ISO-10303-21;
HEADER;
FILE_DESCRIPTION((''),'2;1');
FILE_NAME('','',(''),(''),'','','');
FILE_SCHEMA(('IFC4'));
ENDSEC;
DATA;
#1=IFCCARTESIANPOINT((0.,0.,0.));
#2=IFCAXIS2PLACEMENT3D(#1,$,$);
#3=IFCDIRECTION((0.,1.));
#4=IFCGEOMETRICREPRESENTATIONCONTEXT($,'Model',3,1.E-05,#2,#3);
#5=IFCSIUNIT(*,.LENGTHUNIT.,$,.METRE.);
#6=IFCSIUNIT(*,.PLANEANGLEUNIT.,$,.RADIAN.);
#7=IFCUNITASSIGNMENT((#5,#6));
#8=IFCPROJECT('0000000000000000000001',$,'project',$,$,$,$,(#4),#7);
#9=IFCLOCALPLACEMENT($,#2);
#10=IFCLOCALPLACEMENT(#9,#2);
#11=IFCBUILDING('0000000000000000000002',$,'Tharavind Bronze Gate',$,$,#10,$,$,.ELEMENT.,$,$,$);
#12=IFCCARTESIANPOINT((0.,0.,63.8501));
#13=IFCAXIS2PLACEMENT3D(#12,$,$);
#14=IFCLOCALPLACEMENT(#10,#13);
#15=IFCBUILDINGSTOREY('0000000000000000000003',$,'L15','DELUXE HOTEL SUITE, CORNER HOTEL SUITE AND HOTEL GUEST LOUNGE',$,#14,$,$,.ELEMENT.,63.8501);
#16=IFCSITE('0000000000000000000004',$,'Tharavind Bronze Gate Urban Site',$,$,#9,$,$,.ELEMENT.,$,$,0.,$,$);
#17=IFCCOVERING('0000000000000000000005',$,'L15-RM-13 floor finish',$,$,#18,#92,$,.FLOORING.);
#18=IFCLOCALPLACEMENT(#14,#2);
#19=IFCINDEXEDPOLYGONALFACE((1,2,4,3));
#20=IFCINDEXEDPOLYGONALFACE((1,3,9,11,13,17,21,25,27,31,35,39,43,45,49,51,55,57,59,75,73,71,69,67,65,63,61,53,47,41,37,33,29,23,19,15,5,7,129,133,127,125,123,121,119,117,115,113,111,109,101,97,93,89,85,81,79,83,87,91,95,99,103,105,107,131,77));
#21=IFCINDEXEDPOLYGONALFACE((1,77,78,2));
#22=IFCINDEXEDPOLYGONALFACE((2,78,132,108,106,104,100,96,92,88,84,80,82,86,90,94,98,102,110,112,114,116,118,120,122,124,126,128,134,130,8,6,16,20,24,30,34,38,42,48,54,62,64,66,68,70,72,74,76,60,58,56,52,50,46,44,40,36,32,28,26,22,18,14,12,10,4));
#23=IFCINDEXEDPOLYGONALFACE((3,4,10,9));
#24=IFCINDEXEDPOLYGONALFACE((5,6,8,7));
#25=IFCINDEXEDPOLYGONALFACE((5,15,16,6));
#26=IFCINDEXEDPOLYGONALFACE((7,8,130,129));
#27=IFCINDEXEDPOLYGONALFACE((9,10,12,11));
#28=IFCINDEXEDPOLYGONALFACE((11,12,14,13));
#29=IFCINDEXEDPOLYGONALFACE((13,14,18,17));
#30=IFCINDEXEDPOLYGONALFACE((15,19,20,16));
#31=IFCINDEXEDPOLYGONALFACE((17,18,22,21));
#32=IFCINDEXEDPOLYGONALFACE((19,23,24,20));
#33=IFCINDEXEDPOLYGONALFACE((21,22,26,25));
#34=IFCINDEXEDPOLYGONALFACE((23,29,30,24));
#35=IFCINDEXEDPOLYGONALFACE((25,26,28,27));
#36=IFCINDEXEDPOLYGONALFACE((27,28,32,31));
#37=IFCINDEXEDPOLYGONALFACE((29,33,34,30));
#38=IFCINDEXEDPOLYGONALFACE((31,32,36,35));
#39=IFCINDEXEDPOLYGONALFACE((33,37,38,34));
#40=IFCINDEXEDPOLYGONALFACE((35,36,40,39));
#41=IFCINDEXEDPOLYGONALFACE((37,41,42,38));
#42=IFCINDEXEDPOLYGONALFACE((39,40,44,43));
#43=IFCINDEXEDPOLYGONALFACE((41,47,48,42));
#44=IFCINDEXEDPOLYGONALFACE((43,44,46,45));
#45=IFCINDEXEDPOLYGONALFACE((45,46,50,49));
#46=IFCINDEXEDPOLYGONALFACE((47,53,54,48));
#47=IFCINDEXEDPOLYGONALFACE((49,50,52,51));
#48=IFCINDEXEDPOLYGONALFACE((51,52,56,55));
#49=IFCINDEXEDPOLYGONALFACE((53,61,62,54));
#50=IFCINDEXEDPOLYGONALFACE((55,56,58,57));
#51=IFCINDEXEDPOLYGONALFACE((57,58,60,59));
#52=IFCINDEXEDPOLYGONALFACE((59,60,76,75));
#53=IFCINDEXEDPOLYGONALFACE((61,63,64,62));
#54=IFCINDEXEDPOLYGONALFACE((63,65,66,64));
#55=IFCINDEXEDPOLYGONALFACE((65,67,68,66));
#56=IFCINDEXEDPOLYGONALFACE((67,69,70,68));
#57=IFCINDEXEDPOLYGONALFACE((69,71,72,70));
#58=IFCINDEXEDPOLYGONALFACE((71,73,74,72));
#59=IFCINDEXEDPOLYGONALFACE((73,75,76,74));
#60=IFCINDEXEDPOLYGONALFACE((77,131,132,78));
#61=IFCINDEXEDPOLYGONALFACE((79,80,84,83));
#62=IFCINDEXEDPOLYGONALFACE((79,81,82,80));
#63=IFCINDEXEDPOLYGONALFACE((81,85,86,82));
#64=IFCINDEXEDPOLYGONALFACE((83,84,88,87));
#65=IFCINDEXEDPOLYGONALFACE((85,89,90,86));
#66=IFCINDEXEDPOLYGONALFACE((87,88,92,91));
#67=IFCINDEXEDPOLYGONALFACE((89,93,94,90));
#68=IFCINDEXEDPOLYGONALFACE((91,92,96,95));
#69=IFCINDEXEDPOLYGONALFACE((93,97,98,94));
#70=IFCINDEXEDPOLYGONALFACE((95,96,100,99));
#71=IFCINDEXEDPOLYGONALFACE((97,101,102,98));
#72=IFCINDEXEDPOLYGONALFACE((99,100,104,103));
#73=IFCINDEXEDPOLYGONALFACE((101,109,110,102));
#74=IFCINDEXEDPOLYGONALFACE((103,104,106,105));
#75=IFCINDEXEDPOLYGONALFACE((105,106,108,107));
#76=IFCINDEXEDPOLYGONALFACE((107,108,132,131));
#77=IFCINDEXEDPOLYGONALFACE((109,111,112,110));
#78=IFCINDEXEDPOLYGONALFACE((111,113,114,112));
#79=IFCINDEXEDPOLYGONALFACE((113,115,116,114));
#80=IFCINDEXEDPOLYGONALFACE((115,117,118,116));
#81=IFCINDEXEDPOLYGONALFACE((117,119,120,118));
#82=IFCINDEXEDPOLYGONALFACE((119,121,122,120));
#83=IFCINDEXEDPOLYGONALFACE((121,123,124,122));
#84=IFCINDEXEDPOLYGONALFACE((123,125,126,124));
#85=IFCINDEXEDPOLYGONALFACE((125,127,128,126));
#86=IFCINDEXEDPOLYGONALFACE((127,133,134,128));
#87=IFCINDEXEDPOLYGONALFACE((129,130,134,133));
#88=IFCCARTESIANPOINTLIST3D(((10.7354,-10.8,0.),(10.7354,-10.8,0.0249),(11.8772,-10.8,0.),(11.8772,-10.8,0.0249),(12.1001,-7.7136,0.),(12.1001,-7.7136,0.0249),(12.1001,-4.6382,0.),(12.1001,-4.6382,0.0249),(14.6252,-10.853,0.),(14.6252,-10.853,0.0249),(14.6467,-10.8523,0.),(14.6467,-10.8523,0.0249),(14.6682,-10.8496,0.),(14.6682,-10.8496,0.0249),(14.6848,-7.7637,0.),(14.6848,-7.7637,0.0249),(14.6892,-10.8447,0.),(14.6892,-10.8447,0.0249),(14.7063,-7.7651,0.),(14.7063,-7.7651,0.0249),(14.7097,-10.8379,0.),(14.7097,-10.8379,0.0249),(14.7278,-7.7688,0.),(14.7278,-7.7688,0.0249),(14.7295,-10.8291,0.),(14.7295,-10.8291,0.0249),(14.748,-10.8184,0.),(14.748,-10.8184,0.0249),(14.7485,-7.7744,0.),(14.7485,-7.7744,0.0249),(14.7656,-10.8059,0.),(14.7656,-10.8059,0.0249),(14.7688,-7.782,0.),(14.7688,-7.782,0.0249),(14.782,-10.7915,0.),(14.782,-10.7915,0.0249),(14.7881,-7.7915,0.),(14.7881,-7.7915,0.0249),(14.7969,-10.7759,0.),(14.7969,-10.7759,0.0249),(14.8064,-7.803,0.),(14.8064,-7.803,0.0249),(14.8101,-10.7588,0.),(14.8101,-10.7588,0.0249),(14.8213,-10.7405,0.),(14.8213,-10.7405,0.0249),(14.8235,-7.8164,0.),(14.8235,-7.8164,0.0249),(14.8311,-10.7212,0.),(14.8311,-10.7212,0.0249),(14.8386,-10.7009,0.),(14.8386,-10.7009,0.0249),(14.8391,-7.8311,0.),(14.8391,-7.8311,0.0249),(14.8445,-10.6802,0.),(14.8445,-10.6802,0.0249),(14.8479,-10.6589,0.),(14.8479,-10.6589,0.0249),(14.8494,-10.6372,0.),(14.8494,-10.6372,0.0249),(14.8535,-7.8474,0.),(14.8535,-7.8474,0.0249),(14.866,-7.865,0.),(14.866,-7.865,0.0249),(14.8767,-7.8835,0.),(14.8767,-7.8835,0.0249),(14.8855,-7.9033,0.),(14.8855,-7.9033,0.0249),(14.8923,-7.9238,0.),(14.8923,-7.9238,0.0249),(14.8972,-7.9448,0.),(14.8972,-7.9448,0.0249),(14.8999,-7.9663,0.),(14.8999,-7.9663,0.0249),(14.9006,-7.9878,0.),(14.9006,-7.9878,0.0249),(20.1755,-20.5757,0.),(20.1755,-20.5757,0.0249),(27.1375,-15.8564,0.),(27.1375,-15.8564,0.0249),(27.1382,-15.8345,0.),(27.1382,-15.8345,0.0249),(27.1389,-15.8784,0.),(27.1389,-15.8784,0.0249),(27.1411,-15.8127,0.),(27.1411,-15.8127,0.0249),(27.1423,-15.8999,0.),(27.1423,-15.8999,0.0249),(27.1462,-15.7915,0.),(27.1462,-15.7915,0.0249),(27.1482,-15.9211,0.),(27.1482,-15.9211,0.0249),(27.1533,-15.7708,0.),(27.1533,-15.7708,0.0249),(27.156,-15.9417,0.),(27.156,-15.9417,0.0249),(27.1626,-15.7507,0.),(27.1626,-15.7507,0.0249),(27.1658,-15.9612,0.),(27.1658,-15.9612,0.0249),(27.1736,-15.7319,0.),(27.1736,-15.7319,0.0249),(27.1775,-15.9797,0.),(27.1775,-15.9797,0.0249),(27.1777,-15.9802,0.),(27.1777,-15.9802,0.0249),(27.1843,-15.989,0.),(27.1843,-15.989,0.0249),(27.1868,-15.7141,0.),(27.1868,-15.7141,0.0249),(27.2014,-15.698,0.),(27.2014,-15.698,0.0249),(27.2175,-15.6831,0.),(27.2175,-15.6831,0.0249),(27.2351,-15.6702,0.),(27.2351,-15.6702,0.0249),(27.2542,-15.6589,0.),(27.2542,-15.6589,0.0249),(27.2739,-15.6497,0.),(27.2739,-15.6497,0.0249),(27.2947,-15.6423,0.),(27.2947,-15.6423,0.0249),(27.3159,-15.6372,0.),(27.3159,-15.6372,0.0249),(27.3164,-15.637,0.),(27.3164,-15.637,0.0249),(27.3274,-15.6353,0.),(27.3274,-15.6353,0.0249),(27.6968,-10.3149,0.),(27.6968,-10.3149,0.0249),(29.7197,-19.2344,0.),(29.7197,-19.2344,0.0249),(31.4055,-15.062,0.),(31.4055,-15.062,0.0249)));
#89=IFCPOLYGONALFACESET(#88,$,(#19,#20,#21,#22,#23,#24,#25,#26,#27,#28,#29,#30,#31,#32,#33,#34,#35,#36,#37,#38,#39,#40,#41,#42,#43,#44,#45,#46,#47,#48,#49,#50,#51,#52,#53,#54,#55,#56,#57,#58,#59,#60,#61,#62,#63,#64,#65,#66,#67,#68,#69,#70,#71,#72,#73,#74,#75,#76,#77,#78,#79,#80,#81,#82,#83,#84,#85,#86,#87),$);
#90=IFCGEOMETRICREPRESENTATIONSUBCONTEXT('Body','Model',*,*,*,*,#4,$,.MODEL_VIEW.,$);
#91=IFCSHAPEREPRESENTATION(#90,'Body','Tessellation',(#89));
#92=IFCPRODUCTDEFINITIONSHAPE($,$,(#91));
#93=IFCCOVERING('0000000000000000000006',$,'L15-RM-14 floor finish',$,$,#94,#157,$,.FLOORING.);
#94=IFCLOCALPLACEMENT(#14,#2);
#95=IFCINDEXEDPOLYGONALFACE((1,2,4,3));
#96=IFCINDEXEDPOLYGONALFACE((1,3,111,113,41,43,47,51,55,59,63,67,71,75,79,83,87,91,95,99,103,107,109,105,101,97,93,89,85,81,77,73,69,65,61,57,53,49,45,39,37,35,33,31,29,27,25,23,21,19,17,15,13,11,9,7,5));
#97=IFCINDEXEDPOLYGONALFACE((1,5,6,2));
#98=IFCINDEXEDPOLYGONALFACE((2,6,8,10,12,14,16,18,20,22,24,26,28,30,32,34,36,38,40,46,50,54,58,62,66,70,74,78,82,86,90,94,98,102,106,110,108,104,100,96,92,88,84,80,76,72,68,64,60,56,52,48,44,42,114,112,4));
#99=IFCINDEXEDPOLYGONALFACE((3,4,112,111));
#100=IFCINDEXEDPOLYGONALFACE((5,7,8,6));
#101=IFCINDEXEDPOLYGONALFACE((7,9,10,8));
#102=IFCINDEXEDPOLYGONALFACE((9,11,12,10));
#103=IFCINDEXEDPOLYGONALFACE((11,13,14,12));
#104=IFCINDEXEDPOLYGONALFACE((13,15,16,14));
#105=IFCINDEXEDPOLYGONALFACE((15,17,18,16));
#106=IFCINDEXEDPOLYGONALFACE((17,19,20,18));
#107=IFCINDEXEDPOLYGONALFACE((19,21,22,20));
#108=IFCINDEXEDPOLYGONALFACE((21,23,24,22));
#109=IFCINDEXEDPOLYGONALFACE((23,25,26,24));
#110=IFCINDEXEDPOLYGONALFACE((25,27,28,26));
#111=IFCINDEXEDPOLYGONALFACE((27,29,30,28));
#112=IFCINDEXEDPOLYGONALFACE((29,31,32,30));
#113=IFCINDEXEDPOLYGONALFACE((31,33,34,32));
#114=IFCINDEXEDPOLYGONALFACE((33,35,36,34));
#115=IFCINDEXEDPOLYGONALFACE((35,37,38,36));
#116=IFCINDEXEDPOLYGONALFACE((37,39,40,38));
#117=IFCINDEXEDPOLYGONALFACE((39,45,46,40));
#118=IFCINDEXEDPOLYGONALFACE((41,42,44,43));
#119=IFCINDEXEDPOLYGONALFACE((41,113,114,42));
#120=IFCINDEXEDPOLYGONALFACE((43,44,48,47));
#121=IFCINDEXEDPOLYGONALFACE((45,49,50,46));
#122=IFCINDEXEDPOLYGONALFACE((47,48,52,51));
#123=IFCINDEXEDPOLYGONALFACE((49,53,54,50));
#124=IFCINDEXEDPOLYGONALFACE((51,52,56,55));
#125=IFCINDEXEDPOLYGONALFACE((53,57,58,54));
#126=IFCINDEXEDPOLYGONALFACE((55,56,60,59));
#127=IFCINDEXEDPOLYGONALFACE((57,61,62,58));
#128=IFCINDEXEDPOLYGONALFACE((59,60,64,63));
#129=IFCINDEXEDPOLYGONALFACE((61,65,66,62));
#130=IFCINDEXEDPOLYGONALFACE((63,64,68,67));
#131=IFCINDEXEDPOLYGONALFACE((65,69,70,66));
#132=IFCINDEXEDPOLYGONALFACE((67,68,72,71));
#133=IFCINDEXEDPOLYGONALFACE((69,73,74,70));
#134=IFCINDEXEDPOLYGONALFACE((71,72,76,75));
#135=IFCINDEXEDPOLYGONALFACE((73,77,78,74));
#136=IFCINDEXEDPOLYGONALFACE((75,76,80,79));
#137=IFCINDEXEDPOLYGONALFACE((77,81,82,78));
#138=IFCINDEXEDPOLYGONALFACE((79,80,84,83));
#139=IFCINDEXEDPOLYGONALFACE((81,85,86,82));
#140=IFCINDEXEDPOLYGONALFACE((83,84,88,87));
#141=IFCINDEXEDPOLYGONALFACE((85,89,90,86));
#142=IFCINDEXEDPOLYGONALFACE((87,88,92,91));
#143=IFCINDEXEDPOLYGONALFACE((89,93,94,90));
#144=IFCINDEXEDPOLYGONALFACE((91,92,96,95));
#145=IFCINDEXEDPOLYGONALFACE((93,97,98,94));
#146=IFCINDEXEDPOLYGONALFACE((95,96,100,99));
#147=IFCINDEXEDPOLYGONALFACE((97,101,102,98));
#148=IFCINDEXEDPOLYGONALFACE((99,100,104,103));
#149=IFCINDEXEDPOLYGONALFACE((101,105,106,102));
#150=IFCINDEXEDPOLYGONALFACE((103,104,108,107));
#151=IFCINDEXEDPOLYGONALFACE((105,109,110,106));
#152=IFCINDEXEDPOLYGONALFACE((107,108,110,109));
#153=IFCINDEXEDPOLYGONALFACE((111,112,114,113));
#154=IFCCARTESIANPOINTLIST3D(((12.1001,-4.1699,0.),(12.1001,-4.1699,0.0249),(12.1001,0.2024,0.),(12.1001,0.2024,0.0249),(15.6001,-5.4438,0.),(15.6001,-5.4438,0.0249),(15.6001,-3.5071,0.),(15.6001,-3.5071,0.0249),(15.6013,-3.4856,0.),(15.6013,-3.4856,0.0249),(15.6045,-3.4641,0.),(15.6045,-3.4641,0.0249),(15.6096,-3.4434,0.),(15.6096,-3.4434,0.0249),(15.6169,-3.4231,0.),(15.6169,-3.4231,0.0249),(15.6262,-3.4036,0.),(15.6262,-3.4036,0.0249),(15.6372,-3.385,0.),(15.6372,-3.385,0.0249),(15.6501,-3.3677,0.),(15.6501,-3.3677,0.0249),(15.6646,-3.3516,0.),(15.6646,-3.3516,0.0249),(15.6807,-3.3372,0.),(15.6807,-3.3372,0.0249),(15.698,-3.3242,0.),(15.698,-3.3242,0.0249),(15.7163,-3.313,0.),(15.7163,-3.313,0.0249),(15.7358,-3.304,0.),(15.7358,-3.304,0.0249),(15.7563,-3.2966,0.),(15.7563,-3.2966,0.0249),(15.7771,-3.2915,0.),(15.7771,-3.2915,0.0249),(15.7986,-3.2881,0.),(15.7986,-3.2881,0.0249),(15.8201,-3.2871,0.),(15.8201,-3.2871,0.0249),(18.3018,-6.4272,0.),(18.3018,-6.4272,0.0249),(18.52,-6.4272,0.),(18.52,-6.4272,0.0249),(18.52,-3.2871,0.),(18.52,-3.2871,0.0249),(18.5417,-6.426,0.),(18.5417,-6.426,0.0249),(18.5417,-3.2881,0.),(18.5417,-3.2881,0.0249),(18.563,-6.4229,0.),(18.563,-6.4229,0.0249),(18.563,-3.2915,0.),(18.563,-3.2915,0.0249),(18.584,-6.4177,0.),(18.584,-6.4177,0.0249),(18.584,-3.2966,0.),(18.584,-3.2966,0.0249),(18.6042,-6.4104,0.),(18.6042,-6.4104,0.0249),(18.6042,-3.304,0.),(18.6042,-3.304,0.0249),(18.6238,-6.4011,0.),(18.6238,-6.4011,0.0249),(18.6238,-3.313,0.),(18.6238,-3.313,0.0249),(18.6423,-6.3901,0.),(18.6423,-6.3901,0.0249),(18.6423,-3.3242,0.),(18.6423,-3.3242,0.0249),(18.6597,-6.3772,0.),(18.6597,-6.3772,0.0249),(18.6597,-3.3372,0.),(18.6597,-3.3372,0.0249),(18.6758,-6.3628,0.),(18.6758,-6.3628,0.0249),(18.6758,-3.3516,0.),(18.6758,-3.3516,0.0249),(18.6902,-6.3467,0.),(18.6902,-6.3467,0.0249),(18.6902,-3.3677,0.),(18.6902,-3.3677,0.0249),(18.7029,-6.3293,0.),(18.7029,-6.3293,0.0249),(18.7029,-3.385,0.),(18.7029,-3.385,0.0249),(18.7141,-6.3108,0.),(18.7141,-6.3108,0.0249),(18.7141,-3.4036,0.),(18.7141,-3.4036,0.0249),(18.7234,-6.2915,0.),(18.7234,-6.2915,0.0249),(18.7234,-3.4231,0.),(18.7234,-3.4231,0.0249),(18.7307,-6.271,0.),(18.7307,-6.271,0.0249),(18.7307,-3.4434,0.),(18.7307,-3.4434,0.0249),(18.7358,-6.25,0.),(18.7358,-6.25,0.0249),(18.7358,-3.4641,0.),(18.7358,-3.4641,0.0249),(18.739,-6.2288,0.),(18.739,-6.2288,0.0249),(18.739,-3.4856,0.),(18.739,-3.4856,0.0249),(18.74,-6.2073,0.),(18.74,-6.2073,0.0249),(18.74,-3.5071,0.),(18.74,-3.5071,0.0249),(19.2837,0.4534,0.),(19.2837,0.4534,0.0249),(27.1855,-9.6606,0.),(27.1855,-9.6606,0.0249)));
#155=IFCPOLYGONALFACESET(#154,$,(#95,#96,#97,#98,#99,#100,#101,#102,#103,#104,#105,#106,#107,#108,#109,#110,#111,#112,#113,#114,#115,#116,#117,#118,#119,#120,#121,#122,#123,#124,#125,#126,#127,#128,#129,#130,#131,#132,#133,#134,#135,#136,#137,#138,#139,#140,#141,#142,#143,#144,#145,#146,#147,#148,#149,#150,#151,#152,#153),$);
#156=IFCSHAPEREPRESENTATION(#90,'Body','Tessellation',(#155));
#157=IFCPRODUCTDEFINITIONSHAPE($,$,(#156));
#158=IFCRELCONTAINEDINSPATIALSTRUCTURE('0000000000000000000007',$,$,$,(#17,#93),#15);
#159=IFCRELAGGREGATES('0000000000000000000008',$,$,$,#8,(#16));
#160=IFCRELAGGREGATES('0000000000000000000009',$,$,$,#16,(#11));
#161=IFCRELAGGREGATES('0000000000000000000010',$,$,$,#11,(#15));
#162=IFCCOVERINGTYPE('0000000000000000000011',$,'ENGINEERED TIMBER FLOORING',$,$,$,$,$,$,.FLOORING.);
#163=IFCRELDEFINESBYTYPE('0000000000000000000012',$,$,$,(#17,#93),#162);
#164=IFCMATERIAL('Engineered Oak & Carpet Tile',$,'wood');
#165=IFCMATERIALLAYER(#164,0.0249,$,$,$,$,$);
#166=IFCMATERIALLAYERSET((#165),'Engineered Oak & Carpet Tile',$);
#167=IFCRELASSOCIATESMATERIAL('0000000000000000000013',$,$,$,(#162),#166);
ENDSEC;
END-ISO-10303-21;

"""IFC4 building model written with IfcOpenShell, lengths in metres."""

from ifc_helpers import new_model, si_unit, direction, frame, origin, place, context, subcontext, project, spatial, polyline, outline, extrude, material, layer, layer_set, type_object, element, save


model = new_model("IFC4")

# Units and contexts
model_context = context("Model", 3, precision=1e-05, world=origin(), true_north=direction((0.0, 1.0)))
body_context = subcontext(model_context, "Body", "Model", "MODEL_VIEW")
ifc_project = project(units=[si_unit("LENGTHUNIT", "METRE"), si_unit("PLANEANGLEUNIT", "RADIAN")], contexts=[model_context])

# Site, building, storey
site_placement = place(None, origin())
site = spatial("IfcSite", under=ifc_project, at=site_placement, Name="Tharavind Bronze Gate Urban Site", CompositionType="ELEMENT", RefElevation=0.0)
building_placement = place(site_placement, origin())
building = spatial("IfcBuilding", under=site, at=building_placement, Name="Tharavind Bronze Gate", CompositionType="ELEMENT")
storey_placement = place(building_placement, frame((0.0, 0.0, 63.8501)))
storey = spatial("IfcBuildingStorey", under=building, at=storey_placement, Name="L15", Description="DELUXE HOTEL SUITE, CORNER HOTEL SUITE AND HOTEL GUEST LOUNGE", CompositionType="ELEMENT", Elevation=63.8501)

# Coverings
ifc_material_1 = material(Name="Engineered Oak & Carpet Tile", Category="wood")
ifc_layer_1 = layer(ifc_material_1, 0.0249)
ifc_layer_set_1 = layer_set([ifc_layer_1], Name="Engineered Oak & Carpet Tile")
covering_type_1 = type_object("IfcCoveringType", Name="ENGINEERED TIMBER FLOORING", PredefinedType="FLOORING", material=ifc_layer_set_1)
covering_1_placement = place(storey_placement, origin())
element("IfcCovering", 1, at=covering_1_placement, inside=storey, type_object=covering_type_1, Name="L15-RM-13 floor finish", PredefinedType="FLOORING", context=body_context, shape_type="SweptSolid", body=[
    extrude(outline(polyline([(20.1755, -20.5757), (29.7197, -19.2344), (27.1843, -15.989), (27.1777, -15.9802), (27.1775, -15.9797), (27.1658, -15.9612), (27.156, -15.9417), (27.1482, -15.9211), (27.1423, -15.8999), (27.1389, -15.8784), (27.1375, -15.8564), (27.1382, -15.8345), (27.1411, -15.8127), (27.1462, -15.7915), (27.1533, -15.7708), (27.1626, -15.7507), (27.1736, -15.7319), (27.1868, -15.7141), (27.2014, -15.698), (27.2175, -15.6831), (27.2351, -15.6702), (27.2542, -15.6589), (27.2739, -15.6497), (27.2947, -15.6423), (27.3159, -15.6372), (27.3164, -15.637), (27.3274, -15.6353), (31.4055, -15.062), (27.6968, -10.3149), (12.1001, -4.6382), (12.1001, -7.7136), (14.6848, -7.7637), (14.7063, -7.7651), (14.7278, -7.7688), (14.7485, -7.7744), (14.7688, -7.782), (14.7881, -7.7915), (14.8064, -7.803), (14.8235, -7.8164), (14.8391, -7.8311), (14.8535, -7.8474), (14.866, -7.865), (14.8767, -7.8835), (14.8855, -7.9033), (14.8923, -7.9238), (14.8972, -7.9448), (14.8999, -7.9663), (14.9006, -7.9878), (14.8494, -10.6372), (14.8479, -10.6589), (14.8445, -10.6802), (14.8386, -10.7009), (14.8311, -10.7212), (14.8213, -10.7405), (14.8101, -10.7588), (14.7969, -10.7759), (14.782, -10.7915), (14.7656, -10.8059), (14.748, -10.8184), (14.7295, -10.8291), (14.7097, -10.8379), (14.6892, -10.8447), (14.6682, -10.8496), (14.6467, -10.8523), (14.6252, -10.853), (11.8772, -10.8), (10.7354, -10.8), (20.1755, -20.5757)])), origin(), (0.0, 0.0, 1.0), 0.0249),
])
covering_2_placement = place(storey_placement, origin())
element("IfcCovering", 2, at=covering_2_placement, inside=storey, type_object=covering_type_1, Name="L15-RM-14 floor finish", PredefinedType="FLOORING", context=body_context, shape_type="SweptSolid", body=[
    extrude(outline(polyline([(12.1001, -4.1699), (15.6001, -5.4438), (15.6001, -3.5071), (15.6013, -3.4856), (15.6045, -3.4641), (15.6096, -3.4434), (15.6169, -3.4231), (15.6262, -3.4036), (15.6372, -3.385), (15.6501, -3.3677), (15.6646, -3.3516), (15.6807, -3.3372), (15.698, -3.3242), (15.7163, -3.313), (15.7358, -3.304), (15.7563, -3.2966), (15.7771, -3.2915), (15.7986, -3.2881), (15.8201, -3.2871), (18.52, -3.2871), (18.5417, -3.2881), (18.563, -3.2915), (18.584, -3.2966), (18.6042, -3.304), (18.6238, -3.313), (18.6423, -3.3242), (18.6597, -3.3372), (18.6758, -3.3516), (18.6902, -3.3677), (18.7029, -3.385), (18.7141, -3.4036), (18.7234, -3.4231), (18.7307, -3.4434), (18.7358, -3.4641), (18.739, -3.4856), (18.74, -3.5071), (18.74, -6.2073), (18.739, -6.2288), (18.7358, -6.25), (18.7307, -6.271), (18.7234, -6.2915), (18.7141, -6.3108), (18.7029, -6.3293), (18.6902, -6.3467), (18.6758, -6.3628), (18.6597, -6.3772), (18.6423, -6.3901), (18.6238, -6.4011), (18.6042, -6.4104), (18.584, -6.4177), (18.563, -6.4229), (18.5417, -6.426), (18.52, -6.4272), (18.3018, -6.4272), (27.1855, -9.6606), (19.2837, 0.4534), (12.1001, 0.2024), (12.1001, -4.1699)])), origin(), (0.0, 0.0, 1.0), 0.0249),
])

save(model, "model.ifc")
